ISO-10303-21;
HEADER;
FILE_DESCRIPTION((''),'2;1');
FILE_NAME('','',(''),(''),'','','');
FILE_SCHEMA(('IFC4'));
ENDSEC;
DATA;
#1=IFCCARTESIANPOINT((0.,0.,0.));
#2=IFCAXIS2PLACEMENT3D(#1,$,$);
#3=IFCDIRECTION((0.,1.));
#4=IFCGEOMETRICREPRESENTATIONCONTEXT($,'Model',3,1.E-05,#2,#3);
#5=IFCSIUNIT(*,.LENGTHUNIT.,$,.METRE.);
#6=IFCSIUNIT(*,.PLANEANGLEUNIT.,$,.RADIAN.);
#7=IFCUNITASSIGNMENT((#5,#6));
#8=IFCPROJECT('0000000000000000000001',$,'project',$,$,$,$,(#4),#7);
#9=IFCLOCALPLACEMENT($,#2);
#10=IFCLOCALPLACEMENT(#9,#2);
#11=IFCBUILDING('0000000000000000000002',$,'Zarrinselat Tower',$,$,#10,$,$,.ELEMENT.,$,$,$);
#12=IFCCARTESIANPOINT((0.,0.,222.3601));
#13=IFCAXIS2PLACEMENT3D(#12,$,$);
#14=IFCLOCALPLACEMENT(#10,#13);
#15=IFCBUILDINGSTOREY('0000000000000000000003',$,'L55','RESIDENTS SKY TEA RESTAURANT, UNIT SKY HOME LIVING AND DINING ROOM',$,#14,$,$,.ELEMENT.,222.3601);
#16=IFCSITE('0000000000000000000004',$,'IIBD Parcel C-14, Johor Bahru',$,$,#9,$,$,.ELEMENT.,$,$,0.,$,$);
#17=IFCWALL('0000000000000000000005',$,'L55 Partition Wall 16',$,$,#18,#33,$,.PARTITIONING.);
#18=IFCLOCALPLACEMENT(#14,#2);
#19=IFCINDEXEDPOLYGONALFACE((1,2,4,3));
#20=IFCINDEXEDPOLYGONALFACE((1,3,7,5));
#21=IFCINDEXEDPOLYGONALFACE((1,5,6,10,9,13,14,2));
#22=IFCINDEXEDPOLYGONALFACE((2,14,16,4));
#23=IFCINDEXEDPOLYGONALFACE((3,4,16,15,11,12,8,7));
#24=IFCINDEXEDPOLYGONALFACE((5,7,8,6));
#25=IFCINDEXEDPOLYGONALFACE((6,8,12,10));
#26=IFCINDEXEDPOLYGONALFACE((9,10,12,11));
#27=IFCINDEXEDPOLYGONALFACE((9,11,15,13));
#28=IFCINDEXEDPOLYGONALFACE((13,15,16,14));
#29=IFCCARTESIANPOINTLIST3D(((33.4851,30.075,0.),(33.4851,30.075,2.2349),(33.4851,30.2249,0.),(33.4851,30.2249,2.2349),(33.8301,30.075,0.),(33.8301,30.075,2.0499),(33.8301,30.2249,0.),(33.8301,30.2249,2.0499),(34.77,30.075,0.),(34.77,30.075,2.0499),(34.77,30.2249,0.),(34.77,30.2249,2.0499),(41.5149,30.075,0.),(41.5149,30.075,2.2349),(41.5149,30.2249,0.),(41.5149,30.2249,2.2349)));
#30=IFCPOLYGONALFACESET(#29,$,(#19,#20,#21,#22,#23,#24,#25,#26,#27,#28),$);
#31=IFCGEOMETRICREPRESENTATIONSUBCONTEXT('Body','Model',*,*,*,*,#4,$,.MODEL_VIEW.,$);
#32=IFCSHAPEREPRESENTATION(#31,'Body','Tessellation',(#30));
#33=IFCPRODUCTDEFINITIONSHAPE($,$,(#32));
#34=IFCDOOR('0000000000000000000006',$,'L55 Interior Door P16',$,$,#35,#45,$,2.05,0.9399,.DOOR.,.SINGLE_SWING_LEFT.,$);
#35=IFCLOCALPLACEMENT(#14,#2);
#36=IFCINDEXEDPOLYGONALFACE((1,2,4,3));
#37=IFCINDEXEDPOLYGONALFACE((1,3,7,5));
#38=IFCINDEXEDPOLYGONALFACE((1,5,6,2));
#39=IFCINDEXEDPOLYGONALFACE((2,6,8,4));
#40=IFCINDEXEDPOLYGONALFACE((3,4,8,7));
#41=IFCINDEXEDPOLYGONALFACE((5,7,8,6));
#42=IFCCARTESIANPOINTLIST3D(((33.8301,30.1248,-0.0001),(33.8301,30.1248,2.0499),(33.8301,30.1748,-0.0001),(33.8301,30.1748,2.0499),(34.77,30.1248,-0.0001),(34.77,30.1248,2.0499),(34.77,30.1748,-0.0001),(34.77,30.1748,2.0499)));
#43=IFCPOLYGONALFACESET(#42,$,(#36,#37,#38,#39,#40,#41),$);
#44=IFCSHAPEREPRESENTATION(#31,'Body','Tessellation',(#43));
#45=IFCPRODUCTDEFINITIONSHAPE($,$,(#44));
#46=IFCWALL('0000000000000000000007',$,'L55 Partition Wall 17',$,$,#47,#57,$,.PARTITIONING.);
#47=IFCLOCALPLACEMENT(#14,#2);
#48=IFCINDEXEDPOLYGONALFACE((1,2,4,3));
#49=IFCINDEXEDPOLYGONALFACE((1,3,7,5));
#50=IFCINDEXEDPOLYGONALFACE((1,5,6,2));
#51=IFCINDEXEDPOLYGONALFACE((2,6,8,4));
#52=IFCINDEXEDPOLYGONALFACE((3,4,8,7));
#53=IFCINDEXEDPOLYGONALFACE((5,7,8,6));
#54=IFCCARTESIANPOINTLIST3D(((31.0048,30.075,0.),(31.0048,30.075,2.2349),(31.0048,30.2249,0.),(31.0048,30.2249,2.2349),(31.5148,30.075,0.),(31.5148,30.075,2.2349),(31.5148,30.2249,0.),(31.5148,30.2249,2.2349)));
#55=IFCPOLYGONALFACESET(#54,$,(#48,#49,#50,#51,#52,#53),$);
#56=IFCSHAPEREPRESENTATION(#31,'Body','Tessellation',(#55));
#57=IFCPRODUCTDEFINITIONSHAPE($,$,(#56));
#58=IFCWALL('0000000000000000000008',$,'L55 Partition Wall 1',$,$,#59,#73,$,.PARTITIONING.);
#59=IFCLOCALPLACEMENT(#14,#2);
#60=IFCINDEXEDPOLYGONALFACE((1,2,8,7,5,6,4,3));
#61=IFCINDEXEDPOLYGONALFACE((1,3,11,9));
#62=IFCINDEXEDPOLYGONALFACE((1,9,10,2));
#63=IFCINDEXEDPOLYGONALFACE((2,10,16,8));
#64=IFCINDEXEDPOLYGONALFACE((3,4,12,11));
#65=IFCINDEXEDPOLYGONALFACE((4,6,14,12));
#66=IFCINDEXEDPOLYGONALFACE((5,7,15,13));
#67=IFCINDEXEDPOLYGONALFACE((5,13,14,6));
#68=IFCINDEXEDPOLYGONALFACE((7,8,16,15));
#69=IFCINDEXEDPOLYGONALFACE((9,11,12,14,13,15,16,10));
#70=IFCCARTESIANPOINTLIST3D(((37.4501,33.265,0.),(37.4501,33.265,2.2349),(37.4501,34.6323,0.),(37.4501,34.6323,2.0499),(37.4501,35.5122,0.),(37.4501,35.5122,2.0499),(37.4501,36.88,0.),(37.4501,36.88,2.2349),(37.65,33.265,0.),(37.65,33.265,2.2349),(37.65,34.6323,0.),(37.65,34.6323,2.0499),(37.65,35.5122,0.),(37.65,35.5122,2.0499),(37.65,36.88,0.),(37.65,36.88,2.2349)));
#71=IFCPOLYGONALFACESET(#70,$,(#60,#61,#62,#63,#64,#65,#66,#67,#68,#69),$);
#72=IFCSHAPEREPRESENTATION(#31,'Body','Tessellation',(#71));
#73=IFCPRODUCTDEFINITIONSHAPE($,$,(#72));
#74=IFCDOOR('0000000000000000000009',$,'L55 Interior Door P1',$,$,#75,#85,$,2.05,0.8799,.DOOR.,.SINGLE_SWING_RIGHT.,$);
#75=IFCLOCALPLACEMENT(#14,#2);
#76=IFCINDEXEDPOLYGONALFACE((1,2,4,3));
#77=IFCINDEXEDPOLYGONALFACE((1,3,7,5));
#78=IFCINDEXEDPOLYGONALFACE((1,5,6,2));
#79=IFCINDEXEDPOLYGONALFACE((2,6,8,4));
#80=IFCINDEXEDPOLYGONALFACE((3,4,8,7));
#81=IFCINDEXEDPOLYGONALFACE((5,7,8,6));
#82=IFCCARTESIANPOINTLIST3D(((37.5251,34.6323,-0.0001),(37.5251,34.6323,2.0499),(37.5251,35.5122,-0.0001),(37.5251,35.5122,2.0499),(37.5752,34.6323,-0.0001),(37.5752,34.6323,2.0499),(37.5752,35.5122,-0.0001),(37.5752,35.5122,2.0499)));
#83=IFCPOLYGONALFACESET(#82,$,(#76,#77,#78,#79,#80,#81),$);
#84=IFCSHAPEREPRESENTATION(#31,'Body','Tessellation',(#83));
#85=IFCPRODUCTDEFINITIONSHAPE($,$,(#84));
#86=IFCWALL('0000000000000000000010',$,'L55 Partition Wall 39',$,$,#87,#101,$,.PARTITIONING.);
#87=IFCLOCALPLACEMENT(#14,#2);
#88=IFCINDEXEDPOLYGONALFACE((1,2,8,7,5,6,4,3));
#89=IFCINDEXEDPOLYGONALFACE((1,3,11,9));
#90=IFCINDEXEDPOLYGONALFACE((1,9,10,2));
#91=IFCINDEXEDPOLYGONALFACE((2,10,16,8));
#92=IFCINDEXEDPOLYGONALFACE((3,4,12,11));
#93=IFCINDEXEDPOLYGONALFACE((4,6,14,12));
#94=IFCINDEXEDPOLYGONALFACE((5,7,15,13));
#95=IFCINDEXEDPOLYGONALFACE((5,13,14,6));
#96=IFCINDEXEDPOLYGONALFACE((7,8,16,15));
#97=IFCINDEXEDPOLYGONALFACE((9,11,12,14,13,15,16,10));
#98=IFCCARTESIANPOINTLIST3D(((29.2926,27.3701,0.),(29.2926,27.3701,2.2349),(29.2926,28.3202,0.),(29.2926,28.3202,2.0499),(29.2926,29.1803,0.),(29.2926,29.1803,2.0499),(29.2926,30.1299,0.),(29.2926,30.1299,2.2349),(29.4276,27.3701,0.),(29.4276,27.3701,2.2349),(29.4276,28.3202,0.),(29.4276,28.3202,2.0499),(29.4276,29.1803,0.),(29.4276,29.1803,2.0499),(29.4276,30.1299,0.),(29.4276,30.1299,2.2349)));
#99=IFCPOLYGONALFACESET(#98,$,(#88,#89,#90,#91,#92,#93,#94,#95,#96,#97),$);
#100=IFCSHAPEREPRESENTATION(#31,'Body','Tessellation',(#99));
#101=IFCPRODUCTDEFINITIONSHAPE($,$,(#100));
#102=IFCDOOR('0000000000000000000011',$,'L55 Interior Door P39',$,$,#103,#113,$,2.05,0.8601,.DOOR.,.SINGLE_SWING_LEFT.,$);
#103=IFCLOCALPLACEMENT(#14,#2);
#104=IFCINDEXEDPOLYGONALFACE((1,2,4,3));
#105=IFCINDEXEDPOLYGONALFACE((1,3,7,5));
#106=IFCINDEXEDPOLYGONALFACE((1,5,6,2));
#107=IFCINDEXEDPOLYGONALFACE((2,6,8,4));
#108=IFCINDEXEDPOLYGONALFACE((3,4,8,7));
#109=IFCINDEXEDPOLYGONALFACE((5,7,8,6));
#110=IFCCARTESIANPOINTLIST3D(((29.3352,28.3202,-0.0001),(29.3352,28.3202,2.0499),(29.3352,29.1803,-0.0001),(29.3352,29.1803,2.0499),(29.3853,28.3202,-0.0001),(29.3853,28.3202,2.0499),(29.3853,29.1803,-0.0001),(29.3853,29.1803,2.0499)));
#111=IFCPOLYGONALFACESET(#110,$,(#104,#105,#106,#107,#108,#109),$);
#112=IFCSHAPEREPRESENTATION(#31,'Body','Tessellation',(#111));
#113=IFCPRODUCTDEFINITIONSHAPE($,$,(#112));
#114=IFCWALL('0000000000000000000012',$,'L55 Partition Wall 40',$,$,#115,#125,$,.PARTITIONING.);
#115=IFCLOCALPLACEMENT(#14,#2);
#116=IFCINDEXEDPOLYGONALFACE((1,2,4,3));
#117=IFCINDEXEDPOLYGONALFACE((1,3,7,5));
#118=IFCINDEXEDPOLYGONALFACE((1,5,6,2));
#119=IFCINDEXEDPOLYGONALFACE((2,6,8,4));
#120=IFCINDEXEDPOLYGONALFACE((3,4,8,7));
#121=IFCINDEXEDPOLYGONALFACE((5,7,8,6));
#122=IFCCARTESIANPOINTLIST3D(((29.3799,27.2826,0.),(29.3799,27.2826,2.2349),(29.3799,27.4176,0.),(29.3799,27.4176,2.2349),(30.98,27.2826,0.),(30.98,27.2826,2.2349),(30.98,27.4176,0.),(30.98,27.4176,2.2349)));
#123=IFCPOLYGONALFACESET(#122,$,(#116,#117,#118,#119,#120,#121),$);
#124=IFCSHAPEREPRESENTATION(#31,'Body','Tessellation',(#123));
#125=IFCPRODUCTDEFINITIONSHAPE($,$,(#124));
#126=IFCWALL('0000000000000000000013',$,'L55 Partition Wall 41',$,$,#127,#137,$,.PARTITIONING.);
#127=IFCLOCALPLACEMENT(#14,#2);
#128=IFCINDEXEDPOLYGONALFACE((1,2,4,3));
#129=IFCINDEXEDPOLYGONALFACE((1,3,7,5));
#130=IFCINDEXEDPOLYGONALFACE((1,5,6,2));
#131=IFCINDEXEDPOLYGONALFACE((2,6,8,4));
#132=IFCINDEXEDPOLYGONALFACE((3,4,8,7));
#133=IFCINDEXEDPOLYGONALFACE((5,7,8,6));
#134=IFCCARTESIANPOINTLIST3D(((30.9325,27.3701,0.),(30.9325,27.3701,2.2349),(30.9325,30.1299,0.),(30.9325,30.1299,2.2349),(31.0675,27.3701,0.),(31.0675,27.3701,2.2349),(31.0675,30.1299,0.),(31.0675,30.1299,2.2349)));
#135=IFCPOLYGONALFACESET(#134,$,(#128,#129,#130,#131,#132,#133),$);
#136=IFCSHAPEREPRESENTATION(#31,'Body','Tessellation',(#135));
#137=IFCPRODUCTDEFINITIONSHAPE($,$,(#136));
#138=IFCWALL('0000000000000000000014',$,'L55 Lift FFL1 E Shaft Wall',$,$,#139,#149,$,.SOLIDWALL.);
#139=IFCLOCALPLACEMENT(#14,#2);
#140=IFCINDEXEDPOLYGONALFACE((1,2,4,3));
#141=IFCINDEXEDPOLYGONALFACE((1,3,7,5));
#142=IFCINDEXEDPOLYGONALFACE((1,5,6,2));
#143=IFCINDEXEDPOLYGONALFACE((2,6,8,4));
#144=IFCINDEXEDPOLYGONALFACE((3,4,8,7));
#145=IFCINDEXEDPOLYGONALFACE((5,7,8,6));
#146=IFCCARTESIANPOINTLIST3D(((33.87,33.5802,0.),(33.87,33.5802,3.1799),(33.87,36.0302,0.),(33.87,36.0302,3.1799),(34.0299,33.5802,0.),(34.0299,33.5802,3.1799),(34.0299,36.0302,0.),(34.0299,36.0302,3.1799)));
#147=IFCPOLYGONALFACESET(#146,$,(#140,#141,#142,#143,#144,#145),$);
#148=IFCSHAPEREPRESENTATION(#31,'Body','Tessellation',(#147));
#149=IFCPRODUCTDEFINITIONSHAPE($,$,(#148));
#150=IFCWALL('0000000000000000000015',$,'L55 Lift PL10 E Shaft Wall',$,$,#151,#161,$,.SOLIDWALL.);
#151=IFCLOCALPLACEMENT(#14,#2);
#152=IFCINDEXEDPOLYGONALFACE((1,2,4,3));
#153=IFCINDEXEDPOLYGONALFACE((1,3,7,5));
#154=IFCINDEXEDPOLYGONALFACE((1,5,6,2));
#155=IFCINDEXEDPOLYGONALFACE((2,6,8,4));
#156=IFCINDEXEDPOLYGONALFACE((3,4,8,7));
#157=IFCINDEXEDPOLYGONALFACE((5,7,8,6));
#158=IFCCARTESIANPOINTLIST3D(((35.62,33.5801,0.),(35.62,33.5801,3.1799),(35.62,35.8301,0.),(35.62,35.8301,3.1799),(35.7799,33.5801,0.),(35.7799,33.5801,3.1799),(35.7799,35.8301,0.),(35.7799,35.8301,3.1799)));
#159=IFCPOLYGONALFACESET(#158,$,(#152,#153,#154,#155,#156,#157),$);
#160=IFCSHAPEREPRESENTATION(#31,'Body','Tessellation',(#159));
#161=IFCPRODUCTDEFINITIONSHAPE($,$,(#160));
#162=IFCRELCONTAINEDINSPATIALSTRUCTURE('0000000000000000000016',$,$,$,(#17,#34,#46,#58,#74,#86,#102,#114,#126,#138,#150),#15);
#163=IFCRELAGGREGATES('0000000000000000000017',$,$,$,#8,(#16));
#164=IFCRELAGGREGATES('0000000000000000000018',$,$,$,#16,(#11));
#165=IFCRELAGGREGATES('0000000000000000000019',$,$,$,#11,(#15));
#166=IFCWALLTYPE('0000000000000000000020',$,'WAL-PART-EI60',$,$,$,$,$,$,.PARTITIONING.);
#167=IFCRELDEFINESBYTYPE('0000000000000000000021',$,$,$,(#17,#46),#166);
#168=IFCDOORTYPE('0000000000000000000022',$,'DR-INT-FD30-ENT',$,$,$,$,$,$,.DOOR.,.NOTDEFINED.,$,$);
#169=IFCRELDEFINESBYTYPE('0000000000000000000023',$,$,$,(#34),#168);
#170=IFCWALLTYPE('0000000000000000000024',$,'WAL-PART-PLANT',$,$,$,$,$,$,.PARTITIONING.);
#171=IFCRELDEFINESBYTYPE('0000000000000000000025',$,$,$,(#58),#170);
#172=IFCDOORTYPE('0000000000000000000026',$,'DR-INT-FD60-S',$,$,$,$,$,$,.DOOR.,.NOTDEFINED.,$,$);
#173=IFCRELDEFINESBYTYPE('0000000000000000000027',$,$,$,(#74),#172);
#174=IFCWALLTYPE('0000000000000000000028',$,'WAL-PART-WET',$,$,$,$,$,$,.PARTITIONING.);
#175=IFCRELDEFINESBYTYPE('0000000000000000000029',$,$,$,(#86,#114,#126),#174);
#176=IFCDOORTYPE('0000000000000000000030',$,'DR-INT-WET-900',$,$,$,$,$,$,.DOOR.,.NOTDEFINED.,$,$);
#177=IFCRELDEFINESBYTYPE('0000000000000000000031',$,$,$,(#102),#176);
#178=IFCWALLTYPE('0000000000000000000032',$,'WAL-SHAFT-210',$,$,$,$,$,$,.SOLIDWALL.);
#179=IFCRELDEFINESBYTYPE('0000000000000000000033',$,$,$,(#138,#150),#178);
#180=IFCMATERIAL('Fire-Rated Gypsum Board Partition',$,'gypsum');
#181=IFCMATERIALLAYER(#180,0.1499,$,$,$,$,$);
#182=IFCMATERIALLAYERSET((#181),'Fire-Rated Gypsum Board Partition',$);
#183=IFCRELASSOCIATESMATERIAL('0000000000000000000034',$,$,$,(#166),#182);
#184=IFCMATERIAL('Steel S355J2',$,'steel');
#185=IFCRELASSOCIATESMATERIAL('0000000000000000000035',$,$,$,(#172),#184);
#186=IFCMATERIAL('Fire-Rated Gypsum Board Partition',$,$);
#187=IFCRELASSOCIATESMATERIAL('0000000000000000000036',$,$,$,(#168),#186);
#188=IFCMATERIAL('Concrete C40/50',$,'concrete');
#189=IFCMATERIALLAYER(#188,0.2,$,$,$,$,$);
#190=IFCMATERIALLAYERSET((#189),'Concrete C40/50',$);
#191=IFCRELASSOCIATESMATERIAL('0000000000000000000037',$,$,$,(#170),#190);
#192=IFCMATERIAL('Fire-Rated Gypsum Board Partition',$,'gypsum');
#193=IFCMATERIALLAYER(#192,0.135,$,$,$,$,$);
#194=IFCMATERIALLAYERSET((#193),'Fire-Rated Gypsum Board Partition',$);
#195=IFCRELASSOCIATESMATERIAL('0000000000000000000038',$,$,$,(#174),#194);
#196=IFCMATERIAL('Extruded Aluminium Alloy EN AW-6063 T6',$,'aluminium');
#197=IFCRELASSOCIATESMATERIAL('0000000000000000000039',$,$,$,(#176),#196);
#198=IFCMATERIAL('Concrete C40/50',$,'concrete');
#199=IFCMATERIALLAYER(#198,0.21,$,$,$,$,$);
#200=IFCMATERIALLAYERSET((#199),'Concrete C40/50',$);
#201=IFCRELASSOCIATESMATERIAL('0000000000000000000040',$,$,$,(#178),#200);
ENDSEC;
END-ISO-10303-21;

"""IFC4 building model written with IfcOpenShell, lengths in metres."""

from ifc_helpers import new_model, si_unit, direction, frame, frame_2d, origin, place, context, subcontext, project, spatial, rectangle, extrude, material, layer, layer_set, type_object, element, fill, save


model = new_model("IFC4")

# Units and contexts
model_context = context("Model", 3, precision=1e-05, world=origin(), true_north=direction((0.0, 1.0)))
body_context = subcontext(model_context, "Body", "Model", "MODEL_VIEW")
ifc_project = project(units=[si_unit("LENGTHUNIT", "METRE"), si_unit("PLANEANGLEUNIT", "RADIAN")], contexts=[model_context])

# Site, building, storey
site_placement = place(None, origin())
site = spatial("IfcSite", under=ifc_project, at=site_placement, Name="IIBD Parcel C-14, Johor Bahru", CompositionType="ELEMENT", RefElevation=0.0)
building_placement = place(site_placement, origin())
building = spatial("IfcBuilding", under=site, at=building_placement, Name="Zarrinselat Tower", CompositionType="ELEMENT")
storey_placement = place(building_placement, frame((0.0, 0.0, 222.3601)))
storey = spatial("IfcBuildingStorey", under=building, at=storey_placement, Name="L55", Description="RESIDENTS SKY TEA RESTAURANT, UNIT SKY HOME LIVING AND DINING ROOM", CompositionType="ELEMENT", Elevation=222.3601)

# Wall, opening, door
ifc_material_1 = material(Name="Fire-Rated Gypsum Board Partition", Category="gypsum")
ifc_layer_1 = layer(ifc_material_1, 0.1499)
ifc_layer_set_1 = layer_set([ifc_layer_1], Name="Fire-Rated Gypsum Board Partition")
wall_type_1 = type_object("IfcWallType", Name="WAL-PART-EI60", PredefinedType="PARTITIONING", material=ifc_layer_set_1)
ifc_material_2 = material(Name="Steel S355J2", Category="steel")
door_type_1 = type_object("IfcDoorType", Name="DR-INT-FD60-S", OperationType="NOTDEFINED", PredefinedType="DOOR", material=ifc_material_2)
wall_1_placement = place(storey_placement, frame((33.4851, 30.1499, 0.0), z_axis=(0.0, 0.0, 1.0), x_axis=(1.0, 0.0, 0.0)))
wall_1 = element("IfcWall", 1, at=wall_1_placement, inside=storey, type_object=wall_type_1, Name="L55 Partition Wall 16", PredefinedType="PARTITIONING", context=body_context, shape_type="SweptSolid", body=[
    extrude(rectangle(XDim=8.0298, YDim=0.1499, at=frame_2d((4.0149, 0.0))), origin(), (0.0, 0.0, 1.0), 2.2349),
])
opening_1_placement = place(wall_1_placement, frame((0.345, 0.0, 0.0)))
opening_1 = element("IfcOpeningElement", 2, at=opening_1_placement, cuts=wall_1, PredefinedType="OPENING", context=body_context, shape_type="SweptSolid", body=[
    extrude(rectangle(XDim=0.9399, YDim=2.05, at=frame_2d((0.47, 1.0249))), frame((0.0, 0.085, 0.0), z_axis=(0.0, -1.0, 0.0), x_axis=(1.0, 0.0, 0.0)), (0.0, 0.0, 1.0), 0.1699),
])
ifc_material_3 = material(Name="Fire-Rated Gypsum Board Partition")
door_type_2 = type_object("IfcDoorType", Name="DR-INT-FD30-ENT", OperationType="NOTDEFINED", PredefinedType="DOOR", material=ifc_material_3)
door_1_placement = place(opening_1_placement, origin())
door_1 = element("IfcDoor", 3, at=door_1_placement, inside=storey, type_object=door_type_2, Name="L55 Interior Door P16", OperationType="SINGLE_SWING_LEFT", OverallHeight=2.05, OverallWidth=0.9399, PredefinedType="DOOR", context=body_context, shape_type="SweptSolid", body=[
    extrude(rectangle(XDim=0.9399, YDim=2.05, at=frame_2d((0.47, 1.0249))), frame((0.0, 0.0249, 0.0), z_axis=(0.0, -1.0, 0.0), x_axis=(1.0, 0.0, 0.0)), (0.0, 0.0, 1.0), 0.05),
])
fill(opening_1, door_1)

# Wall
wall_2_placement = place(storey_placement, frame((31.0049, 30.1499, 0.0), z_axis=(0.0, 0.0, 1.0), x_axis=(1.0, 0.0, 0.0)))
element("IfcWall", 4, at=wall_2_placement, inside=storey, type_object=wall_type_1, Name="L55 Partition Wall 17", PredefinedType="PARTITIONING", context=body_context, shape_type="SweptSolid", body=[
    extrude(rectangle(XDim=0.51, YDim=0.1499, at=frame_2d((0.2549, 0.0))), origin(), (0.0, 0.0, 1.0), 2.2349),
])

# Walls, openings, doors
ifc_material_4 = material(Name="Concrete C40/50", Category="concrete")
ifc_layer_2 = layer(ifc_material_4, 0.2)
ifc_layer_set_2 = layer_set([ifc_layer_2], Name="Concrete C40/50")
wall_type_2 = type_object("IfcWallType", Name="WAL-PART-PLANT", PredefinedType="PARTITIONING", material=ifc_layer_set_2)
wall_3_placement = place(storey_placement, frame((37.55, 33.2649, 0.0), z_axis=(0.0, 0.0, 1.0), x_axis=(0.0, 1.0, 0.0)))
wall_3 = element("IfcWall", 5, at=wall_3_placement, inside=storey, type_object=wall_type_2, Name="L55 Partition Wall 1", PredefinedType="PARTITIONING", context=body_context, shape_type="SweptSolid", body=[
    extrude(rectangle(XDim=3.615, YDim=0.2, at=frame_2d((1.8076, 0.0))), origin(), (0.0, 0.0, 1.0), 2.2349),
])
opening_2_placement = place(wall_3_placement, frame((1.3674, 0.0, 0.0)))
opening_2 = element("IfcOpeningElement", 6, at=opening_2_placement, cuts=wall_3, PredefinedType="OPENING", context=body_context, shape_type="SweptSolid", body=[
    extrude(rectangle(XDim=0.8799, YDim=2.05, at=frame_2d((0.4399, 1.0249))), frame((0.0, 0.1099, 0.0), z_axis=(0.0, -1.0, 0.0), x_axis=(1.0, 0.0, 0.0)), (0.0, 0.0, 1.0), 0.22),
])
door_2_placement = place(opening_2_placement, origin())
door_2 = element("IfcDoor", 7, at=door_2_placement, inside=storey, type_object=door_type_1, Name="L55 Interior Door P1", OperationType="SINGLE_SWING_RIGHT", OverallHeight=2.05, OverallWidth=0.8799, PredefinedType="DOOR", context=body_context, shape_type="SweptSolid", body=[
    extrude(rectangle(XDim=0.8799, YDim=2.05, at=frame_2d((0.4399, 1.0249))), frame((0.0, 0.0249, 0.0), z_axis=(0.0, -1.0, 0.0), x_axis=(1.0, 0.0, 0.0)), (0.0, 0.0, 1.0), 0.05),
])
fill(opening_2, door_2)
ifc_material_5 = material(Name="Fire-Rated Gypsum Board Partition", Category="gypsum")
ifc_layer_3 = layer(ifc_material_5, 0.135)
ifc_layer_set_3 = layer_set([ifc_layer_3], Name="Fire-Rated Gypsum Board Partition")
wall_type_3 = type_object("IfcWallType", Name="WAL-PART-WET", PredefinedType="PARTITIONING", material=ifc_layer_set_3)
wall_4_placement = place(storey_placement, frame((29.3601, 27.3701, 0.0), z_axis=(0.0, 0.0, 1.0), x_axis=(0.0, 1.0, 0.0)))
wall_4 = element("IfcWall", 8, at=wall_4_placement, inside=storey, type_object=wall_type_3, Name="L55 Partition Wall 39", PredefinedType="PARTITIONING", context=body_context, shape_type="SweptSolid", body=[
    extrude(rectangle(XDim=2.7598, YDim=0.135, at=frame_2d((1.3799, 0.0))), origin(), (0.0, 0.0, 1.0), 2.2349),
])
opening_3_placement = place(wall_4_placement, frame((0.95, 0.0, 0.0)))
opening_3 = element("IfcOpeningElement", 9, at=opening_3_placement, cuts=wall_4, PredefinedType="OPENING", context=body_context, shape_type="SweptSolid", body=[
    extrude(rectangle(XDim=0.8601, YDim=2.05, at=frame_2d((0.4302, 1.0249))), frame((0.0, 0.0774, 0.0), z_axis=(0.0, -1.0, 0.0), x_axis=(1.0, 0.0, 0.0)), (0.0, 0.0, 1.0), 0.155),
])
ifc_material_6 = material(Name="Extruded Aluminium Alloy EN AW-6063 T6", Category="aluminium")
door_type_3 = type_object("IfcDoorType", Name="DR-INT-WET-900", OperationType="NOTDEFINED", PredefinedType="DOOR", material=ifc_material_6)
door_3_placement = place(opening_3_placement, origin())
door_3 = element("IfcDoor", 10, at=door_3_placement, inside=storey, type_object=door_type_3, Name="L55 Interior Door P39", OperationType="SINGLE_SWING_LEFT", OverallHeight=2.05, OverallWidth=0.8601, PredefinedType="DOOR", context=body_context, shape_type="SweptSolid", body=[
    extrude(rectangle(XDim=0.8601, YDim=2.05, at=frame_2d((0.4302, 1.0249))), frame((0.0, 0.0249, 0.0), z_axis=(0.0, -1.0, 0.0), x_axis=(1.0, 0.0, 0.0)), (0.0, 0.0, 1.0), 0.05),
])
fill(opening_3, door_3)

# Walls
wall_5_placement = place(storey_placement, frame((29.3799, 27.3501, 0.0), z_axis=(0.0, 0.0, 1.0), x_axis=(1.0, 0.0, 0.0)))
element("IfcWall", 11, at=wall_5_placement, inside=storey, type_object=wall_type_3, Name="L55 Partition Wall 40", PredefinedType="PARTITIONING", context=body_context, shape_type="SweptSolid", body=[
    extrude(rectangle(XDim=1.6001, YDim=0.135, at=frame_2d((0.8, 0.0))), origin(), (0.0, 0.0, 1.0), 2.2349),
])
wall_6_placement = place(storey_placement, frame((31.0, 27.3701, 0.0), z_axis=(0.0, 0.0, 1.0), x_axis=(0.0, 1.0, 0.0)))
element("IfcWall", 12, at=wall_6_placement, inside=storey, type_object=wall_type_3, Name="L55 Partition Wall 41", PredefinedType="PARTITIONING", context=body_context, shape_type="SweptSolid", body=[
    extrude(rectangle(XDim=2.7598, YDim=0.135, at=frame_2d((1.3799, 0.0))), origin(), (0.0, 0.0, 1.0), 2.2349),
])
ifc_material_7 = material(Name="Concrete C40/50", Category="concrete")
ifc_layer_4 = layer(ifc_material_7, 0.21)
ifc_layer_set_4 = layer_set([ifc_layer_4], Name="Concrete C40/50")
wall_type_4 = type_object("IfcWallType", Name="WAL-SHAFT-210", PredefinedType="SOLIDWALL", material=ifc_layer_set_4)
wall_7_placement = place(storey_placement, frame((33.95, 33.5801, 0.0), z_axis=(0.0, 0.0, 1.0), x_axis=(0.0, 1.0, 0.0)))
element("IfcWall", 13, at=wall_7_placement, inside=storey, type_object=wall_type_4, Name="L55 Lift FFL1 E Shaft Wall", PredefinedType="SOLIDWALL", context=body_context, shape_type="SweptSolid", body=[
    extrude(rectangle(XDim=2.45, YDim=0.1599, at=frame_2d((1.2251, 0.0))), origin(), (0.0, 0.0, 1.0), 3.1799),
])
wall_8_placement = place(storey_placement, frame((35.7, 33.5801, 0.0), z_axis=(0.0, 0.0, 1.0), x_axis=(0.0, 1.0, 0.0)))
element("IfcWall", 14, at=wall_8_placement, inside=storey, type_object=wall_type_4, Name="L55 Lift PL10 E Shaft Wall", PredefinedType="SOLIDWALL", context=body_context, shape_type="SweptSolid", body=[
    extrude(rectangle(XDim=2.25, YDim=0.1599, at=frame_2d((1.125, 0.0))), origin(), (0.0, 0.0, 1.0), 3.1799),
])

save(model, "model.ifc")
